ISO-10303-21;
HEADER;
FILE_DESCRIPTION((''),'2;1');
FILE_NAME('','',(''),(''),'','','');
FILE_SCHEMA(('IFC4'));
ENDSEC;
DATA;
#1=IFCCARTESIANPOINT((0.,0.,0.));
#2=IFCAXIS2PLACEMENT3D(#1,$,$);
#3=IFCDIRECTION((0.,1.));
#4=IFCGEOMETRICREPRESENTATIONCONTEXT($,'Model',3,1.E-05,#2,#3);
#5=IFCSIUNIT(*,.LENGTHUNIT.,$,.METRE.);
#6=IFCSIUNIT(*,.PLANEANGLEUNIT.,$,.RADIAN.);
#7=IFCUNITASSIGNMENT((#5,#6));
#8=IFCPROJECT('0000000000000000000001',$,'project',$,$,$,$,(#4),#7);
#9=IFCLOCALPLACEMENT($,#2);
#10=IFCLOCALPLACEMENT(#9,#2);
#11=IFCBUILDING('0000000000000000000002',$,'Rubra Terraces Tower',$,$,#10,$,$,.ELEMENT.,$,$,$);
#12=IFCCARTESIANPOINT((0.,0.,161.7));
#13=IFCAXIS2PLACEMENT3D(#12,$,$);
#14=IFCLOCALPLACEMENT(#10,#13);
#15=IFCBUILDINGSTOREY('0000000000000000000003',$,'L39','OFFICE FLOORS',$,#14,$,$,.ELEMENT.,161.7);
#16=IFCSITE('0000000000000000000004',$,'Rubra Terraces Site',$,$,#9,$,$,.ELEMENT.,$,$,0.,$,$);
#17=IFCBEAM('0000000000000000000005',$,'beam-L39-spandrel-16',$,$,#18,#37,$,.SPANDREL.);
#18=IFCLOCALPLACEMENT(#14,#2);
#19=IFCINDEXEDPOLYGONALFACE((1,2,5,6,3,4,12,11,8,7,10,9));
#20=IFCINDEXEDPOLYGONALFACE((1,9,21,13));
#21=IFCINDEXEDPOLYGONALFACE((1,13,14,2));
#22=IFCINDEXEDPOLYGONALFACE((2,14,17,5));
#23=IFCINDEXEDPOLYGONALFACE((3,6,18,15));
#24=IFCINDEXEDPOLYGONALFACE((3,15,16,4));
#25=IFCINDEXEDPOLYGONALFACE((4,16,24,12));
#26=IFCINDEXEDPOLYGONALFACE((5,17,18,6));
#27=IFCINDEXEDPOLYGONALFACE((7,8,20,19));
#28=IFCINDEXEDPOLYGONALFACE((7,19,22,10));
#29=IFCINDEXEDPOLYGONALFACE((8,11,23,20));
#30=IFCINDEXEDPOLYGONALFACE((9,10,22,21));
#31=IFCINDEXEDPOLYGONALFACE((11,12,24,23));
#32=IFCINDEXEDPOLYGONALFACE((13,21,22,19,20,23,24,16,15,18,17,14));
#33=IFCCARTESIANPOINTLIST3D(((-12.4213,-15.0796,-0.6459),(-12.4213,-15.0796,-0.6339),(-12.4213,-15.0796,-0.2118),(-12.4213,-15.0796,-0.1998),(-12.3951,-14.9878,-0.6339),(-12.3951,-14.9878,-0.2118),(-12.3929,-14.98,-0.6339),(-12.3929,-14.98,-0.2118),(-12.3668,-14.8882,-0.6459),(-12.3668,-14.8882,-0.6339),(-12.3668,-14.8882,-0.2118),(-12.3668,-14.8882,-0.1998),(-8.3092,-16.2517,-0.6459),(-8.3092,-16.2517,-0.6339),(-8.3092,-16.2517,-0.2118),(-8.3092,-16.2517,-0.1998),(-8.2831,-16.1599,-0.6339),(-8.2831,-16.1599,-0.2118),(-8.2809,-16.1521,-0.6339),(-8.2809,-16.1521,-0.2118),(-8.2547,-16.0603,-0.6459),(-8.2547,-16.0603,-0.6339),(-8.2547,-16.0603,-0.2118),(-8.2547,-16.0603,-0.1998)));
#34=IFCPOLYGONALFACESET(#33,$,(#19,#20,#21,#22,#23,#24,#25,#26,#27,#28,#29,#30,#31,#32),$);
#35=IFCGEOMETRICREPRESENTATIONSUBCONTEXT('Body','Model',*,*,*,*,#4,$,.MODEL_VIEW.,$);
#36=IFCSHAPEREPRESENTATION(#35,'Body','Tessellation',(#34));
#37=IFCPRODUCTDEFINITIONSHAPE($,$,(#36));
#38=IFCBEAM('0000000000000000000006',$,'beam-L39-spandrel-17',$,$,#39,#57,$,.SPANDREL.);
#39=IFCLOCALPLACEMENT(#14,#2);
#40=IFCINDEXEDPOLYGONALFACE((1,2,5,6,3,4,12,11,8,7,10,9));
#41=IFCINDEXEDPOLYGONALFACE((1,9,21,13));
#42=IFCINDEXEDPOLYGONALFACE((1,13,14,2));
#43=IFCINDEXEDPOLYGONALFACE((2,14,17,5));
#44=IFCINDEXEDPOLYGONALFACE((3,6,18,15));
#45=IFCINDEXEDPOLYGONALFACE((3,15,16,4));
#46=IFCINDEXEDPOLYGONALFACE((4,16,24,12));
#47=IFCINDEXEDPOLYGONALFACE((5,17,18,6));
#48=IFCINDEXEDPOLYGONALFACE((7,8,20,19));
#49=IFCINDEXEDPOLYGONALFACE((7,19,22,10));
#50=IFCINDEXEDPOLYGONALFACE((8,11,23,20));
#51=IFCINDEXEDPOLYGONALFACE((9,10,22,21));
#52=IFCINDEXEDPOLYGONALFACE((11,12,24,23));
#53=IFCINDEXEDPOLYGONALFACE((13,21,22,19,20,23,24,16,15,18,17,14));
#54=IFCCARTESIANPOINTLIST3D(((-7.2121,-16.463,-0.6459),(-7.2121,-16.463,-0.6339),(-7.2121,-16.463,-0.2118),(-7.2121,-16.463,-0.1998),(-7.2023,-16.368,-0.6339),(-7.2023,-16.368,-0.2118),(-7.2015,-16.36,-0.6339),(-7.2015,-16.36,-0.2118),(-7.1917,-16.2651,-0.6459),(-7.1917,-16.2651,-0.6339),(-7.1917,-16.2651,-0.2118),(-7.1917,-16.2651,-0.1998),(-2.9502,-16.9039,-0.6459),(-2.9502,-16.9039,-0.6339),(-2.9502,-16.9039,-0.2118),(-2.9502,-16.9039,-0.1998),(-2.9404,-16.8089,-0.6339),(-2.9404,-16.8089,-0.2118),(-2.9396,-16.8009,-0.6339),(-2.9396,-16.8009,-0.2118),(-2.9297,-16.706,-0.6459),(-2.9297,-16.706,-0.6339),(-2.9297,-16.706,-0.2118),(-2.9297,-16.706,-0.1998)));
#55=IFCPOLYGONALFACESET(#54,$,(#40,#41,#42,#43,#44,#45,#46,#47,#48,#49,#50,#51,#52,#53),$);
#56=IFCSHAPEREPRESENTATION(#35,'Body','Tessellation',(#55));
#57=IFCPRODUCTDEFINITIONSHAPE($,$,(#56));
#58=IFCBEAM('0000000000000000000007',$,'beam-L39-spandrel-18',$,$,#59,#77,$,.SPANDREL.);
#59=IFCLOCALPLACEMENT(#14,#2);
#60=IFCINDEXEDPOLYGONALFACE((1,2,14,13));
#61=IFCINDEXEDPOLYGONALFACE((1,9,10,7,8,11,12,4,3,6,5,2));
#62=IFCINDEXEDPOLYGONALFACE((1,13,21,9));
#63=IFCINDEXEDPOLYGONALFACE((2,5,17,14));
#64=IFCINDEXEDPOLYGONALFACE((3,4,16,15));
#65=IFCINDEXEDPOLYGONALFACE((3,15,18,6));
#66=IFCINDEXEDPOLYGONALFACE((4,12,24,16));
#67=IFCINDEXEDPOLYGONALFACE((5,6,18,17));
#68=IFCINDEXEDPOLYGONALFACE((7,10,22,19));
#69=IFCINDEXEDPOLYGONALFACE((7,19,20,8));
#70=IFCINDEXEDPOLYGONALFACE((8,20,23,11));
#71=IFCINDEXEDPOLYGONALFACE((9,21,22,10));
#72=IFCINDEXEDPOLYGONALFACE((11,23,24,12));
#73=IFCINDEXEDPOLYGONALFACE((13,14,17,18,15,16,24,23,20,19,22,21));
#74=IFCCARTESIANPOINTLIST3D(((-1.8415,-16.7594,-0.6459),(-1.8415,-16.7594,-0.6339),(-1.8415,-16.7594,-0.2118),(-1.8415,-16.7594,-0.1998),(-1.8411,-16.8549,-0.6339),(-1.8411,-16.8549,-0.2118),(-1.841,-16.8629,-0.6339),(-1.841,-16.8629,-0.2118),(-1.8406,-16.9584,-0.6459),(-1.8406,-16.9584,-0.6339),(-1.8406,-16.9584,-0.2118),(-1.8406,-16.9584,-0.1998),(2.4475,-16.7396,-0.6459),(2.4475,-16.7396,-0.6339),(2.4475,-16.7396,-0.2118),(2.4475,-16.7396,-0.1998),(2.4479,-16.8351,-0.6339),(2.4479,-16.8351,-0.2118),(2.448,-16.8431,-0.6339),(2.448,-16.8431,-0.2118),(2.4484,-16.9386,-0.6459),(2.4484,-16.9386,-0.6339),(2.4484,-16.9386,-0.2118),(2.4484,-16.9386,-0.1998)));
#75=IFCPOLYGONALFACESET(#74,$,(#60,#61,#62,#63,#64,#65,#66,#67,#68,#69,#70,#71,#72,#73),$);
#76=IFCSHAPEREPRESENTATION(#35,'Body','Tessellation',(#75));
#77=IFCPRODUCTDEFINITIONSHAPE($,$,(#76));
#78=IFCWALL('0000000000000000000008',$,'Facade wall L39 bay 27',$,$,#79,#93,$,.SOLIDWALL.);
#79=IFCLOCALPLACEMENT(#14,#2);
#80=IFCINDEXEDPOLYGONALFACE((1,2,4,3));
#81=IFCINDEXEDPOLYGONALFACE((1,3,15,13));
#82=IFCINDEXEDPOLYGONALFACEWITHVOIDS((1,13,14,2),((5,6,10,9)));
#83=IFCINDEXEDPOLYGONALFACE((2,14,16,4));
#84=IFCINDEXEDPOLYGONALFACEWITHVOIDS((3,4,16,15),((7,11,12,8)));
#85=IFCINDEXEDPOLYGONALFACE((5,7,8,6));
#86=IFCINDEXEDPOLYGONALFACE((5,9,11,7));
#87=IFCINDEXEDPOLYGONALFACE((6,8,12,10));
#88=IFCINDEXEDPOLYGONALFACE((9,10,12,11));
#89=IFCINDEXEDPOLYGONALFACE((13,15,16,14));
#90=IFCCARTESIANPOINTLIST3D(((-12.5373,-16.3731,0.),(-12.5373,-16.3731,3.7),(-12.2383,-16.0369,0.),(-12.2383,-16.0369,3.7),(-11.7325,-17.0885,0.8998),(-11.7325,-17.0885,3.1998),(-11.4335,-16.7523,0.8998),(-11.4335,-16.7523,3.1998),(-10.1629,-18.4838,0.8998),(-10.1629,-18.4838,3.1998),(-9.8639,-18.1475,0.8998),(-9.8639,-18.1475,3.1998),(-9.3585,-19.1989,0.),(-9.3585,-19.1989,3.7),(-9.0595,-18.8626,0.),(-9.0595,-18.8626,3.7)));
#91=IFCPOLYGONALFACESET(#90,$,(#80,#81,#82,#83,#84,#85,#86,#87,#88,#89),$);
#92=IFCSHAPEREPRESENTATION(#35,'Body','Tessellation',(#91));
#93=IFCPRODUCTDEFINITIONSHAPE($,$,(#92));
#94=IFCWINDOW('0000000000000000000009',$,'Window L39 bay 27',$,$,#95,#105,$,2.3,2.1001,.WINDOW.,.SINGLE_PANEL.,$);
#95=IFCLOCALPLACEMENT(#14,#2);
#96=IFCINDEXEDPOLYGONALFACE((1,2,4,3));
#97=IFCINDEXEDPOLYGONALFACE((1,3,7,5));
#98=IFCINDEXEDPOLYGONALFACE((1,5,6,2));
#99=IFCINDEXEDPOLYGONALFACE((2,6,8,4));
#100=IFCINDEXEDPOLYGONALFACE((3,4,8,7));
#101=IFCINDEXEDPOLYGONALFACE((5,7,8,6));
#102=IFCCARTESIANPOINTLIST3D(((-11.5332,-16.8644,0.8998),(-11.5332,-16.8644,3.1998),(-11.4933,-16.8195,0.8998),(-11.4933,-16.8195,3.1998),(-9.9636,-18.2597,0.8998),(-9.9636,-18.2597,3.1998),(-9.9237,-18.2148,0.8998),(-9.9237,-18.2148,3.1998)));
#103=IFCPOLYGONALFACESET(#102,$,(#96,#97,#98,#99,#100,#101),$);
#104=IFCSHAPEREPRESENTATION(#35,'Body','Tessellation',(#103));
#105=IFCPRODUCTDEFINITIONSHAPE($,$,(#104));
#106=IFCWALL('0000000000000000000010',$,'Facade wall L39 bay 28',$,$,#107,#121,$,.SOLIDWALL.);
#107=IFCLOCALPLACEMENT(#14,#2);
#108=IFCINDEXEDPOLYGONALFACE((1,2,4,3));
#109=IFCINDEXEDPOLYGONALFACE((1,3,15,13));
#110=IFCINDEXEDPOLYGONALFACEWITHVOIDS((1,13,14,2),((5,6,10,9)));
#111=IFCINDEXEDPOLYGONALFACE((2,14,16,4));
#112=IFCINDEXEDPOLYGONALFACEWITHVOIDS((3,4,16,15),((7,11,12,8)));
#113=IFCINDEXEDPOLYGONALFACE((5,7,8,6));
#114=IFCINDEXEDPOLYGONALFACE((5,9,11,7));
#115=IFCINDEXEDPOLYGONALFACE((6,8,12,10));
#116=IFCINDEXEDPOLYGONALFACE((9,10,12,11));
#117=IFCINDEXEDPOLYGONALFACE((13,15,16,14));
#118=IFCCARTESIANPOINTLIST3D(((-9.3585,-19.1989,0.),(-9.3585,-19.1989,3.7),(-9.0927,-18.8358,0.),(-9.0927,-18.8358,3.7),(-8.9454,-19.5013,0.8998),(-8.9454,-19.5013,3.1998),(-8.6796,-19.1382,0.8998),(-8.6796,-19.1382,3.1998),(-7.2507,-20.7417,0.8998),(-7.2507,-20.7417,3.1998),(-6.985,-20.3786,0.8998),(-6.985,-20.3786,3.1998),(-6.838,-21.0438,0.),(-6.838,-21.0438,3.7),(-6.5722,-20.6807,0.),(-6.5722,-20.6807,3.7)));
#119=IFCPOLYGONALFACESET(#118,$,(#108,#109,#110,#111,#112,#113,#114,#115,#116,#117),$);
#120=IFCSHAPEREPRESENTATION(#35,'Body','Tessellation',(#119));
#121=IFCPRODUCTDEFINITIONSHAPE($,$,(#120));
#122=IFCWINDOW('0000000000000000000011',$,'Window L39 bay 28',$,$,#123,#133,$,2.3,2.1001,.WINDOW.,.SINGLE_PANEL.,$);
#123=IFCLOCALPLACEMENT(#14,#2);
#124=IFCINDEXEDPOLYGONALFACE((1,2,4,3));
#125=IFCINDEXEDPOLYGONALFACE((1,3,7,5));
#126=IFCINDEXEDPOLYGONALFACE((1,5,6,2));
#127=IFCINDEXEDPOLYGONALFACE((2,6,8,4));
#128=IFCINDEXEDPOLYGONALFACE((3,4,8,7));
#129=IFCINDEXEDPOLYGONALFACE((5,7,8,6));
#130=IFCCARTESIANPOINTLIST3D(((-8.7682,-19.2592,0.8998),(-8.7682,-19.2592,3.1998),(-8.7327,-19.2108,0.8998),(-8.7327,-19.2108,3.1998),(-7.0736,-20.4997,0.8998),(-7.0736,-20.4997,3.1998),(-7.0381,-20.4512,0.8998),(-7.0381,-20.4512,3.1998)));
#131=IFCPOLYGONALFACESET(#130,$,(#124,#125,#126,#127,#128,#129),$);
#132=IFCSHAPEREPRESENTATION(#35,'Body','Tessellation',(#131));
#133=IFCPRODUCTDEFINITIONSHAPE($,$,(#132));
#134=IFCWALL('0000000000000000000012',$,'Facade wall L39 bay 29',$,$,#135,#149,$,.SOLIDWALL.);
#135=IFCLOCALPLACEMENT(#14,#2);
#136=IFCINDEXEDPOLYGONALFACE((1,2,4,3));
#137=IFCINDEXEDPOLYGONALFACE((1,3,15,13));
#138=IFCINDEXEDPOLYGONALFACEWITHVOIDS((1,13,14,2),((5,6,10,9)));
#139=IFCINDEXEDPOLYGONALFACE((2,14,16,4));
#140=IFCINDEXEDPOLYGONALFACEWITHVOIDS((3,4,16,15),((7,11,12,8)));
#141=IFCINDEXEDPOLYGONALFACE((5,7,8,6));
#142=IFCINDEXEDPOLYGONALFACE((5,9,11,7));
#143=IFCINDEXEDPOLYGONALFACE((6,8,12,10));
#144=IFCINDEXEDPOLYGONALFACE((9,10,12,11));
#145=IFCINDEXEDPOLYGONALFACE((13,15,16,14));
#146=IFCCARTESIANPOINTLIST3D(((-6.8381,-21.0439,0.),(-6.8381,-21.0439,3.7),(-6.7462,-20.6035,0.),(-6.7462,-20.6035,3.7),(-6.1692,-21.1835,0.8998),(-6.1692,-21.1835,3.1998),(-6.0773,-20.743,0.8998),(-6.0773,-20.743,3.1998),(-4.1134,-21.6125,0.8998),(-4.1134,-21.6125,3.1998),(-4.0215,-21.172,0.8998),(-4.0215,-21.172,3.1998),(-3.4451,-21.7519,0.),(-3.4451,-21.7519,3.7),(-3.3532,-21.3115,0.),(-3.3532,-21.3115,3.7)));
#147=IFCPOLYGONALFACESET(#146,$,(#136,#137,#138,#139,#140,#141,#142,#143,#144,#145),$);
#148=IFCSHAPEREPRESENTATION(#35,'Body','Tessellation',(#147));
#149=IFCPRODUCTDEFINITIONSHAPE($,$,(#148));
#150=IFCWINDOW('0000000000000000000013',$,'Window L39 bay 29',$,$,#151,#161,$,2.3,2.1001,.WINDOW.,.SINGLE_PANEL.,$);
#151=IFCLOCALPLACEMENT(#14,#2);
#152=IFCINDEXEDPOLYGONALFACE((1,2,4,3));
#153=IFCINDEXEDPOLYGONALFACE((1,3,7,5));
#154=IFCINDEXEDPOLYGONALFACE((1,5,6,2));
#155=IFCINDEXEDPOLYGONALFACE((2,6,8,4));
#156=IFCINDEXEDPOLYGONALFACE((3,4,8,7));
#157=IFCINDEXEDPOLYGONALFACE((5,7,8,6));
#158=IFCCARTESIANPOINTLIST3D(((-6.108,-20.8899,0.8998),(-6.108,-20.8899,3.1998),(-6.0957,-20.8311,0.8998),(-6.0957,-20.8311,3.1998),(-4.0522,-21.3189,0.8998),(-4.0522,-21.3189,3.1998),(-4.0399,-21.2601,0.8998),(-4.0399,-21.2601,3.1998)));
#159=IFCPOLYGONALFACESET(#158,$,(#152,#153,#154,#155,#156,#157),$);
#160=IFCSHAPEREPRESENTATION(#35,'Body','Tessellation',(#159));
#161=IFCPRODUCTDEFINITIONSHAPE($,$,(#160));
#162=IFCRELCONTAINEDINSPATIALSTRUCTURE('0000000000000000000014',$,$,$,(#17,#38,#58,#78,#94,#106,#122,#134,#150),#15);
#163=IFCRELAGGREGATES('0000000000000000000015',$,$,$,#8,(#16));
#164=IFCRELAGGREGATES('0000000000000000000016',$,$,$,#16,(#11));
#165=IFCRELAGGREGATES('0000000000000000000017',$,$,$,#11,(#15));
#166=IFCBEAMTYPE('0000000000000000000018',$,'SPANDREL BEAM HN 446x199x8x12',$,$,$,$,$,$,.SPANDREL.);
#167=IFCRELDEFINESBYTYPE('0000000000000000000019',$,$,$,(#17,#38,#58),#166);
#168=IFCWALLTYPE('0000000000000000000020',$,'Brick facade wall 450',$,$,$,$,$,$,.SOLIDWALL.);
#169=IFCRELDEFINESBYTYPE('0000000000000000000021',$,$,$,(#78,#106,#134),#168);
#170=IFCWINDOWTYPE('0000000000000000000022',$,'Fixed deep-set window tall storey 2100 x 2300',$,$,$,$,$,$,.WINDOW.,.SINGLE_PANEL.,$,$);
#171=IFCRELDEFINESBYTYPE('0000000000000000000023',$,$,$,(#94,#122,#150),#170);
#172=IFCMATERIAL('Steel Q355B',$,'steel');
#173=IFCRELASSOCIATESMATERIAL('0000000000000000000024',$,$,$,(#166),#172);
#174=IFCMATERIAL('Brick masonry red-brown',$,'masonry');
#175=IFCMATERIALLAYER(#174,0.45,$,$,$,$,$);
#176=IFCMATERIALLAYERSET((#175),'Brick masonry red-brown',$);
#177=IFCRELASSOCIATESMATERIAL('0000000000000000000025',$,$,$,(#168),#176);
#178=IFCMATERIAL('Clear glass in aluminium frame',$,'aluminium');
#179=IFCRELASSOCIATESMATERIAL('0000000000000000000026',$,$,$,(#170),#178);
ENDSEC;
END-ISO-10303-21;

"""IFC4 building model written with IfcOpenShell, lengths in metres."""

from ifc_helpers import new_model, si_unit, direction, frame, frame_2d, origin, origin_2d, place, context, subcontext, project, spatial, rectangle, i_section, extrude, material, layer, layer_set, material_profile, profile_set, type_object, element, fill, save


model = new_model("IFC4")

# Units and contexts
model_context = context("Model", 3, precision=1e-05, world=origin(), true_north=direction((0.0, 1.0)))
body_context = subcontext(model_context, "Body", "Model", "MODEL_VIEW")
ifc_project = project(units=[si_unit("LENGTHUNIT", "METRE"), si_unit("PLANEANGLEUNIT", "RADIAN")], contexts=[model_context])

# Site, building, storey
site_placement = place(None, origin())
site = spatial("IfcSite", under=ifc_project, at=site_placement, Name="Rubra Terraces Site", CompositionType="ELEMENT", RefElevation=0.0)
building_placement = place(site_placement, origin())
building = spatial("IfcBuilding", under=site, at=building_placement, Name="Rubra Terraces Tower", CompositionType="ELEMENT")
storey_placement = place(building_placement, frame((0.0, 0.0, 161.7)))
storey = spatial("IfcBuildingStorey", under=building, at=storey_placement, Name="L39", Description="OFFICE FLOORS", CompositionType="ELEMENT", Elevation=161.7)

# Beams
ifc_material_1 = material(Name="Steel Q355B", Category="steel")
ifc_material_profile_1 = material_profile(ifc_material_1, i_section(OverallWidth=0.199, OverallDepth=0.446, WebThickness=0.0081, FlangeThickness=0.012, at=origin_2d()), Name="HN 446x199x8x12")
ifc_profile_set_1 = profile_set([ifc_material_profile_1], Name="Steel Q355B")
beam_type_1 = type_object("IfcBeamType", Name="SPANDREL BEAM HN 446x199x8x12", PredefinedType="SPANDREL", material=ifc_profile_set_1)
beam_1_placement = place(storey_placement, frame((-12.394, -14.9839, -0.4229), z_axis=(0.961694, -0.274125, 0.0), x_axis=(0.274125, 0.961694, 0.0)))
element("IfcBeam", 1, at=beam_1_placement, inside=storey, type_object=beam_type_1, Name="beam-L39-spandrel-16", PredefinedType="SPANDREL", context=body_context, shape_type="SweptSolid", body=[
    extrude(i_section(OverallWidth=0.199, OverallDepth=0.446, WebThickness=0.0081, FlangeThickness=0.012, at=origin_2d()), origin(), (0.0, 0.0, 1.0), 4.2759),
])
beam_2_placement = place(storey_placement, frame((-7.2019, -16.364, -0.4229), z_axis=(0.994691, -0.102905, 0.0), x_axis=(0.102905, 0.994691, 0.0)))
element("IfcBeam", 2, at=beam_2_placement, inside=storey, type_object=beam_type_1, Name="beam-L39-spandrel-17", PredefinedType="SPANDREL", context=body_context, shape_type="SweptSolid", body=[
    extrude(i_section(OverallWidth=0.199, OverallDepth=0.446, WebThickness=0.0081, FlangeThickness=0.012, at=origin_2d()), origin(), (0.0, 0.0, 1.0), 4.2847),
])
beam_3_placement = place(storey_placement, frame((-1.8411, -16.8589, -0.4229), z_axis=(0.999989, 0.004611, 0.0), x_axis=(-0.004611, 0.999989, 0.0)))
element("IfcBeam", 3, at=beam_3_placement, inside=storey, type_object=beam_type_1, Name="beam-L39-spandrel-18", PredefinedType="SPANDREL", context=body_context, shape_type="SweptSolid", body=[
    extrude(i_section(OverallWidth=0.199, OverallDepth=0.446, WebThickness=0.0081, FlangeThickness=0.012, at=origin_2d()), origin(), (0.0, 0.0, 1.0), 4.2891),
])

# Walls, openings, windows
ifc_material_2 = material(Name="Brick masonry red-brown", Category="masonry")
ifc_layer_1 = layer(ifc_material_2, 0.45)
ifc_layer_set_1 = layer_set([ifc_layer_1], Name="Brick masonry red-brown")
wall_type_1 = type_object("IfcWallType", Name="Brick facade wall 450", PredefinedType="SOLIDWALL", material=ifc_layer_set_1)
wall_1_placement = place(storey_placement, frame((-12.3877, -16.2051, 0.0), z_axis=(0.0, 0.0, 1.0), x_axis=(0.74739, -0.664385, 0.0)))
wall_1 = element("IfcWall", 4, at=wall_1_placement, inside=storey, type_object=wall_type_1, Name="Facade wall L39 bay 27", PredefinedType="SOLIDWALL", context=body_context, shape_type="SweptSolid", body=[
    extrude(rectangle(XDim=4.2532, YDim=0.45, at=frame_2d((2.1265, 0.0))), origin(), (0.0, 0.0, 1.0), 3.7),
])
opening_1_placement = place(wall_1_placement, frame((1.0767, 0.0, 0.8999)))
opening_1 = element("IfcOpeningElement", 5, at=opening_1_placement, cuts=wall_1, PredefinedType="OPENING", context=body_context, shape_type="SweptSolid", body=[
    extrude(rectangle(XDim=2.1001, YDim=2.3, at=frame_2d((1.05, 1.1499))), frame((0.0, 0.2349, 0.0), z_axis=(0.0, -1.0, 0.0), x_axis=(1.0, 0.0, 0.0)), (0.0, 0.0, 1.0), 0.47),
])
ifc_material_3 = material(Name="Clear glass in aluminium frame", Category="aluminium")
window_type = type_object("IfcWindowType", Name="Fixed deep-set window tall storey 2100 x 2300", PartitioningType="SINGLE_PANEL", PredefinedType="WINDOW", material=ifc_material_3)
window_1_placement = place(opening_1_placement, origin())
window_1 = element("IfcWindow", 6, at=window_1_placement, inside=storey, type_object=window_type, Name="Window L39 bay 27", OverallHeight=2.3, OverallWidth=2.1001, PartitioningType="SINGLE_PANEL", PredefinedType="WINDOW", context=body_context, shape_type="SweptSolid", body=[
    extrude(rectangle(XDim=2.1001, YDim=2.3, at=frame_2d((1.05, 1.1499))), frame((0.0, 0.135, 0.0), z_axis=(0.0, -1.0, 0.0), x_axis=(1.0, 0.0, 0.0)), (0.0, 0.0, 1.0), 0.0601),
])
fill(opening_1, window_1)
wall_2_placement = place(storey_placement, frame((-9.2256, -19.0173, 0.0), z_axis=(0.0, 0.0, 1.0), x_axis=(0.806924, -0.590655, 0.0)))
wall_2 = element("IfcWall", 7, at=wall_2_placement, inside=storey, type_object=wall_type_1, Name="Facade wall L39 bay 28", PredefinedType="SOLIDWALL", context=body_context, shape_type="SweptSolid", body=[
    extrude(rectangle(XDim=3.1235, YDim=0.45, at=frame_2d((1.5618, 0.0))), origin(), (0.0, 0.0, 1.0), 3.7),
])
opening_2_placement = place(wall_2_placement, frame((0.512, 0.0, 0.8999)))
opening_2 = element("IfcOpeningElement", 8, at=opening_2_placement, cuts=wall_2, PredefinedType="OPENING", context=body_context, shape_type="SweptSolid", body=[
    extrude(rectangle(XDim=2.1001, YDim=2.3, at=frame_2d((1.05, 1.1499))), frame((0.0, 0.2349, 0.0), z_axis=(0.0, -1.0, 0.0), x_axis=(1.0, 0.0, 0.0)), (0.0, 0.0, 1.0), 0.47),
])
window_2_placement = place(opening_2_placement, origin())
window_2 = element("IfcWindow", 9, at=window_2_placement, inside=storey, type_object=window_type, Name="Window L39 bay 28", OverallHeight=2.3, OverallWidth=2.1001, PartitioningType="SINGLE_PANEL", PredefinedType="WINDOW", context=body_context, shape_type="SweptSolid", body=[
    extrude(rectangle(XDim=2.1001, YDim=2.3, at=frame_2d((1.05, 1.1499))), frame((0.0, 0.135, 0.0), z_axis=(0.0, -1.0, 0.0), x_axis=(1.0, 0.0, 0.0)), (0.0, 0.0, 1.0), 0.0601),
])
fill(opening_2, window_2)
wall_3_placement = place(storey_placement, frame((-6.792, -20.8237, 0.0), z_axis=(0.0, 0.0, 1.0), x_axis=(0.978916, -0.204264, 0.0)))
wall_3 = element("IfcWall", 10, at=wall_3_placement, inside=storey, type_object=wall_type_1, Name="Facade wall L39 bay 29", PredefinedType="SOLIDWALL", context=body_context, shape_type="SweptSolid", body=[
    extrude(rectangle(XDim=3.4661, YDim=0.45, at=frame_2d((1.7329, 0.0))), origin(), (0.0, 0.0, 1.0), 3.7),
])
opening_3_placement = place(wall_3_placement, frame((0.6831, 0.0, 0.8999)))
opening_3 = element("IfcOpeningElement", 11, at=opening_3_placement, cuts=wall_3, PredefinedType="OPENING", context=body_context, shape_type="SweptSolid", body=[
    extrude(rectangle(XDim=2.1001, YDim=2.3, at=frame_2d((1.05, 1.1499))), frame((0.0, 0.2349, 0.0), z_axis=(0.0, -1.0, 0.0), x_axis=(1.0, 0.0, 0.0)), (0.0, 0.0, 1.0), 0.47),
])
window_3_placement = place(opening_3_placement, origin())
window_3 = element("IfcWindow", 12, at=window_3_placement, inside=storey, type_object=window_type, Name="Window L39 bay 29", OverallHeight=2.3, OverallWidth=2.1001, PartitioningType="SINGLE_PANEL", PredefinedType="WINDOW", context=body_context, shape_type="SweptSolid", body=[
    extrude(rectangle(XDim=2.1001, YDim=2.3, at=frame_2d((1.05, 1.1499))), frame((0.0, 0.135, 0.0), z_axis=(0.0, -1.0, 0.0), x_axis=(1.0, 0.0, 0.0)), (0.0, 0.0, 1.0), 0.0601),
])
fill(opening_3, window_3)

save(model, "model.ifc")
